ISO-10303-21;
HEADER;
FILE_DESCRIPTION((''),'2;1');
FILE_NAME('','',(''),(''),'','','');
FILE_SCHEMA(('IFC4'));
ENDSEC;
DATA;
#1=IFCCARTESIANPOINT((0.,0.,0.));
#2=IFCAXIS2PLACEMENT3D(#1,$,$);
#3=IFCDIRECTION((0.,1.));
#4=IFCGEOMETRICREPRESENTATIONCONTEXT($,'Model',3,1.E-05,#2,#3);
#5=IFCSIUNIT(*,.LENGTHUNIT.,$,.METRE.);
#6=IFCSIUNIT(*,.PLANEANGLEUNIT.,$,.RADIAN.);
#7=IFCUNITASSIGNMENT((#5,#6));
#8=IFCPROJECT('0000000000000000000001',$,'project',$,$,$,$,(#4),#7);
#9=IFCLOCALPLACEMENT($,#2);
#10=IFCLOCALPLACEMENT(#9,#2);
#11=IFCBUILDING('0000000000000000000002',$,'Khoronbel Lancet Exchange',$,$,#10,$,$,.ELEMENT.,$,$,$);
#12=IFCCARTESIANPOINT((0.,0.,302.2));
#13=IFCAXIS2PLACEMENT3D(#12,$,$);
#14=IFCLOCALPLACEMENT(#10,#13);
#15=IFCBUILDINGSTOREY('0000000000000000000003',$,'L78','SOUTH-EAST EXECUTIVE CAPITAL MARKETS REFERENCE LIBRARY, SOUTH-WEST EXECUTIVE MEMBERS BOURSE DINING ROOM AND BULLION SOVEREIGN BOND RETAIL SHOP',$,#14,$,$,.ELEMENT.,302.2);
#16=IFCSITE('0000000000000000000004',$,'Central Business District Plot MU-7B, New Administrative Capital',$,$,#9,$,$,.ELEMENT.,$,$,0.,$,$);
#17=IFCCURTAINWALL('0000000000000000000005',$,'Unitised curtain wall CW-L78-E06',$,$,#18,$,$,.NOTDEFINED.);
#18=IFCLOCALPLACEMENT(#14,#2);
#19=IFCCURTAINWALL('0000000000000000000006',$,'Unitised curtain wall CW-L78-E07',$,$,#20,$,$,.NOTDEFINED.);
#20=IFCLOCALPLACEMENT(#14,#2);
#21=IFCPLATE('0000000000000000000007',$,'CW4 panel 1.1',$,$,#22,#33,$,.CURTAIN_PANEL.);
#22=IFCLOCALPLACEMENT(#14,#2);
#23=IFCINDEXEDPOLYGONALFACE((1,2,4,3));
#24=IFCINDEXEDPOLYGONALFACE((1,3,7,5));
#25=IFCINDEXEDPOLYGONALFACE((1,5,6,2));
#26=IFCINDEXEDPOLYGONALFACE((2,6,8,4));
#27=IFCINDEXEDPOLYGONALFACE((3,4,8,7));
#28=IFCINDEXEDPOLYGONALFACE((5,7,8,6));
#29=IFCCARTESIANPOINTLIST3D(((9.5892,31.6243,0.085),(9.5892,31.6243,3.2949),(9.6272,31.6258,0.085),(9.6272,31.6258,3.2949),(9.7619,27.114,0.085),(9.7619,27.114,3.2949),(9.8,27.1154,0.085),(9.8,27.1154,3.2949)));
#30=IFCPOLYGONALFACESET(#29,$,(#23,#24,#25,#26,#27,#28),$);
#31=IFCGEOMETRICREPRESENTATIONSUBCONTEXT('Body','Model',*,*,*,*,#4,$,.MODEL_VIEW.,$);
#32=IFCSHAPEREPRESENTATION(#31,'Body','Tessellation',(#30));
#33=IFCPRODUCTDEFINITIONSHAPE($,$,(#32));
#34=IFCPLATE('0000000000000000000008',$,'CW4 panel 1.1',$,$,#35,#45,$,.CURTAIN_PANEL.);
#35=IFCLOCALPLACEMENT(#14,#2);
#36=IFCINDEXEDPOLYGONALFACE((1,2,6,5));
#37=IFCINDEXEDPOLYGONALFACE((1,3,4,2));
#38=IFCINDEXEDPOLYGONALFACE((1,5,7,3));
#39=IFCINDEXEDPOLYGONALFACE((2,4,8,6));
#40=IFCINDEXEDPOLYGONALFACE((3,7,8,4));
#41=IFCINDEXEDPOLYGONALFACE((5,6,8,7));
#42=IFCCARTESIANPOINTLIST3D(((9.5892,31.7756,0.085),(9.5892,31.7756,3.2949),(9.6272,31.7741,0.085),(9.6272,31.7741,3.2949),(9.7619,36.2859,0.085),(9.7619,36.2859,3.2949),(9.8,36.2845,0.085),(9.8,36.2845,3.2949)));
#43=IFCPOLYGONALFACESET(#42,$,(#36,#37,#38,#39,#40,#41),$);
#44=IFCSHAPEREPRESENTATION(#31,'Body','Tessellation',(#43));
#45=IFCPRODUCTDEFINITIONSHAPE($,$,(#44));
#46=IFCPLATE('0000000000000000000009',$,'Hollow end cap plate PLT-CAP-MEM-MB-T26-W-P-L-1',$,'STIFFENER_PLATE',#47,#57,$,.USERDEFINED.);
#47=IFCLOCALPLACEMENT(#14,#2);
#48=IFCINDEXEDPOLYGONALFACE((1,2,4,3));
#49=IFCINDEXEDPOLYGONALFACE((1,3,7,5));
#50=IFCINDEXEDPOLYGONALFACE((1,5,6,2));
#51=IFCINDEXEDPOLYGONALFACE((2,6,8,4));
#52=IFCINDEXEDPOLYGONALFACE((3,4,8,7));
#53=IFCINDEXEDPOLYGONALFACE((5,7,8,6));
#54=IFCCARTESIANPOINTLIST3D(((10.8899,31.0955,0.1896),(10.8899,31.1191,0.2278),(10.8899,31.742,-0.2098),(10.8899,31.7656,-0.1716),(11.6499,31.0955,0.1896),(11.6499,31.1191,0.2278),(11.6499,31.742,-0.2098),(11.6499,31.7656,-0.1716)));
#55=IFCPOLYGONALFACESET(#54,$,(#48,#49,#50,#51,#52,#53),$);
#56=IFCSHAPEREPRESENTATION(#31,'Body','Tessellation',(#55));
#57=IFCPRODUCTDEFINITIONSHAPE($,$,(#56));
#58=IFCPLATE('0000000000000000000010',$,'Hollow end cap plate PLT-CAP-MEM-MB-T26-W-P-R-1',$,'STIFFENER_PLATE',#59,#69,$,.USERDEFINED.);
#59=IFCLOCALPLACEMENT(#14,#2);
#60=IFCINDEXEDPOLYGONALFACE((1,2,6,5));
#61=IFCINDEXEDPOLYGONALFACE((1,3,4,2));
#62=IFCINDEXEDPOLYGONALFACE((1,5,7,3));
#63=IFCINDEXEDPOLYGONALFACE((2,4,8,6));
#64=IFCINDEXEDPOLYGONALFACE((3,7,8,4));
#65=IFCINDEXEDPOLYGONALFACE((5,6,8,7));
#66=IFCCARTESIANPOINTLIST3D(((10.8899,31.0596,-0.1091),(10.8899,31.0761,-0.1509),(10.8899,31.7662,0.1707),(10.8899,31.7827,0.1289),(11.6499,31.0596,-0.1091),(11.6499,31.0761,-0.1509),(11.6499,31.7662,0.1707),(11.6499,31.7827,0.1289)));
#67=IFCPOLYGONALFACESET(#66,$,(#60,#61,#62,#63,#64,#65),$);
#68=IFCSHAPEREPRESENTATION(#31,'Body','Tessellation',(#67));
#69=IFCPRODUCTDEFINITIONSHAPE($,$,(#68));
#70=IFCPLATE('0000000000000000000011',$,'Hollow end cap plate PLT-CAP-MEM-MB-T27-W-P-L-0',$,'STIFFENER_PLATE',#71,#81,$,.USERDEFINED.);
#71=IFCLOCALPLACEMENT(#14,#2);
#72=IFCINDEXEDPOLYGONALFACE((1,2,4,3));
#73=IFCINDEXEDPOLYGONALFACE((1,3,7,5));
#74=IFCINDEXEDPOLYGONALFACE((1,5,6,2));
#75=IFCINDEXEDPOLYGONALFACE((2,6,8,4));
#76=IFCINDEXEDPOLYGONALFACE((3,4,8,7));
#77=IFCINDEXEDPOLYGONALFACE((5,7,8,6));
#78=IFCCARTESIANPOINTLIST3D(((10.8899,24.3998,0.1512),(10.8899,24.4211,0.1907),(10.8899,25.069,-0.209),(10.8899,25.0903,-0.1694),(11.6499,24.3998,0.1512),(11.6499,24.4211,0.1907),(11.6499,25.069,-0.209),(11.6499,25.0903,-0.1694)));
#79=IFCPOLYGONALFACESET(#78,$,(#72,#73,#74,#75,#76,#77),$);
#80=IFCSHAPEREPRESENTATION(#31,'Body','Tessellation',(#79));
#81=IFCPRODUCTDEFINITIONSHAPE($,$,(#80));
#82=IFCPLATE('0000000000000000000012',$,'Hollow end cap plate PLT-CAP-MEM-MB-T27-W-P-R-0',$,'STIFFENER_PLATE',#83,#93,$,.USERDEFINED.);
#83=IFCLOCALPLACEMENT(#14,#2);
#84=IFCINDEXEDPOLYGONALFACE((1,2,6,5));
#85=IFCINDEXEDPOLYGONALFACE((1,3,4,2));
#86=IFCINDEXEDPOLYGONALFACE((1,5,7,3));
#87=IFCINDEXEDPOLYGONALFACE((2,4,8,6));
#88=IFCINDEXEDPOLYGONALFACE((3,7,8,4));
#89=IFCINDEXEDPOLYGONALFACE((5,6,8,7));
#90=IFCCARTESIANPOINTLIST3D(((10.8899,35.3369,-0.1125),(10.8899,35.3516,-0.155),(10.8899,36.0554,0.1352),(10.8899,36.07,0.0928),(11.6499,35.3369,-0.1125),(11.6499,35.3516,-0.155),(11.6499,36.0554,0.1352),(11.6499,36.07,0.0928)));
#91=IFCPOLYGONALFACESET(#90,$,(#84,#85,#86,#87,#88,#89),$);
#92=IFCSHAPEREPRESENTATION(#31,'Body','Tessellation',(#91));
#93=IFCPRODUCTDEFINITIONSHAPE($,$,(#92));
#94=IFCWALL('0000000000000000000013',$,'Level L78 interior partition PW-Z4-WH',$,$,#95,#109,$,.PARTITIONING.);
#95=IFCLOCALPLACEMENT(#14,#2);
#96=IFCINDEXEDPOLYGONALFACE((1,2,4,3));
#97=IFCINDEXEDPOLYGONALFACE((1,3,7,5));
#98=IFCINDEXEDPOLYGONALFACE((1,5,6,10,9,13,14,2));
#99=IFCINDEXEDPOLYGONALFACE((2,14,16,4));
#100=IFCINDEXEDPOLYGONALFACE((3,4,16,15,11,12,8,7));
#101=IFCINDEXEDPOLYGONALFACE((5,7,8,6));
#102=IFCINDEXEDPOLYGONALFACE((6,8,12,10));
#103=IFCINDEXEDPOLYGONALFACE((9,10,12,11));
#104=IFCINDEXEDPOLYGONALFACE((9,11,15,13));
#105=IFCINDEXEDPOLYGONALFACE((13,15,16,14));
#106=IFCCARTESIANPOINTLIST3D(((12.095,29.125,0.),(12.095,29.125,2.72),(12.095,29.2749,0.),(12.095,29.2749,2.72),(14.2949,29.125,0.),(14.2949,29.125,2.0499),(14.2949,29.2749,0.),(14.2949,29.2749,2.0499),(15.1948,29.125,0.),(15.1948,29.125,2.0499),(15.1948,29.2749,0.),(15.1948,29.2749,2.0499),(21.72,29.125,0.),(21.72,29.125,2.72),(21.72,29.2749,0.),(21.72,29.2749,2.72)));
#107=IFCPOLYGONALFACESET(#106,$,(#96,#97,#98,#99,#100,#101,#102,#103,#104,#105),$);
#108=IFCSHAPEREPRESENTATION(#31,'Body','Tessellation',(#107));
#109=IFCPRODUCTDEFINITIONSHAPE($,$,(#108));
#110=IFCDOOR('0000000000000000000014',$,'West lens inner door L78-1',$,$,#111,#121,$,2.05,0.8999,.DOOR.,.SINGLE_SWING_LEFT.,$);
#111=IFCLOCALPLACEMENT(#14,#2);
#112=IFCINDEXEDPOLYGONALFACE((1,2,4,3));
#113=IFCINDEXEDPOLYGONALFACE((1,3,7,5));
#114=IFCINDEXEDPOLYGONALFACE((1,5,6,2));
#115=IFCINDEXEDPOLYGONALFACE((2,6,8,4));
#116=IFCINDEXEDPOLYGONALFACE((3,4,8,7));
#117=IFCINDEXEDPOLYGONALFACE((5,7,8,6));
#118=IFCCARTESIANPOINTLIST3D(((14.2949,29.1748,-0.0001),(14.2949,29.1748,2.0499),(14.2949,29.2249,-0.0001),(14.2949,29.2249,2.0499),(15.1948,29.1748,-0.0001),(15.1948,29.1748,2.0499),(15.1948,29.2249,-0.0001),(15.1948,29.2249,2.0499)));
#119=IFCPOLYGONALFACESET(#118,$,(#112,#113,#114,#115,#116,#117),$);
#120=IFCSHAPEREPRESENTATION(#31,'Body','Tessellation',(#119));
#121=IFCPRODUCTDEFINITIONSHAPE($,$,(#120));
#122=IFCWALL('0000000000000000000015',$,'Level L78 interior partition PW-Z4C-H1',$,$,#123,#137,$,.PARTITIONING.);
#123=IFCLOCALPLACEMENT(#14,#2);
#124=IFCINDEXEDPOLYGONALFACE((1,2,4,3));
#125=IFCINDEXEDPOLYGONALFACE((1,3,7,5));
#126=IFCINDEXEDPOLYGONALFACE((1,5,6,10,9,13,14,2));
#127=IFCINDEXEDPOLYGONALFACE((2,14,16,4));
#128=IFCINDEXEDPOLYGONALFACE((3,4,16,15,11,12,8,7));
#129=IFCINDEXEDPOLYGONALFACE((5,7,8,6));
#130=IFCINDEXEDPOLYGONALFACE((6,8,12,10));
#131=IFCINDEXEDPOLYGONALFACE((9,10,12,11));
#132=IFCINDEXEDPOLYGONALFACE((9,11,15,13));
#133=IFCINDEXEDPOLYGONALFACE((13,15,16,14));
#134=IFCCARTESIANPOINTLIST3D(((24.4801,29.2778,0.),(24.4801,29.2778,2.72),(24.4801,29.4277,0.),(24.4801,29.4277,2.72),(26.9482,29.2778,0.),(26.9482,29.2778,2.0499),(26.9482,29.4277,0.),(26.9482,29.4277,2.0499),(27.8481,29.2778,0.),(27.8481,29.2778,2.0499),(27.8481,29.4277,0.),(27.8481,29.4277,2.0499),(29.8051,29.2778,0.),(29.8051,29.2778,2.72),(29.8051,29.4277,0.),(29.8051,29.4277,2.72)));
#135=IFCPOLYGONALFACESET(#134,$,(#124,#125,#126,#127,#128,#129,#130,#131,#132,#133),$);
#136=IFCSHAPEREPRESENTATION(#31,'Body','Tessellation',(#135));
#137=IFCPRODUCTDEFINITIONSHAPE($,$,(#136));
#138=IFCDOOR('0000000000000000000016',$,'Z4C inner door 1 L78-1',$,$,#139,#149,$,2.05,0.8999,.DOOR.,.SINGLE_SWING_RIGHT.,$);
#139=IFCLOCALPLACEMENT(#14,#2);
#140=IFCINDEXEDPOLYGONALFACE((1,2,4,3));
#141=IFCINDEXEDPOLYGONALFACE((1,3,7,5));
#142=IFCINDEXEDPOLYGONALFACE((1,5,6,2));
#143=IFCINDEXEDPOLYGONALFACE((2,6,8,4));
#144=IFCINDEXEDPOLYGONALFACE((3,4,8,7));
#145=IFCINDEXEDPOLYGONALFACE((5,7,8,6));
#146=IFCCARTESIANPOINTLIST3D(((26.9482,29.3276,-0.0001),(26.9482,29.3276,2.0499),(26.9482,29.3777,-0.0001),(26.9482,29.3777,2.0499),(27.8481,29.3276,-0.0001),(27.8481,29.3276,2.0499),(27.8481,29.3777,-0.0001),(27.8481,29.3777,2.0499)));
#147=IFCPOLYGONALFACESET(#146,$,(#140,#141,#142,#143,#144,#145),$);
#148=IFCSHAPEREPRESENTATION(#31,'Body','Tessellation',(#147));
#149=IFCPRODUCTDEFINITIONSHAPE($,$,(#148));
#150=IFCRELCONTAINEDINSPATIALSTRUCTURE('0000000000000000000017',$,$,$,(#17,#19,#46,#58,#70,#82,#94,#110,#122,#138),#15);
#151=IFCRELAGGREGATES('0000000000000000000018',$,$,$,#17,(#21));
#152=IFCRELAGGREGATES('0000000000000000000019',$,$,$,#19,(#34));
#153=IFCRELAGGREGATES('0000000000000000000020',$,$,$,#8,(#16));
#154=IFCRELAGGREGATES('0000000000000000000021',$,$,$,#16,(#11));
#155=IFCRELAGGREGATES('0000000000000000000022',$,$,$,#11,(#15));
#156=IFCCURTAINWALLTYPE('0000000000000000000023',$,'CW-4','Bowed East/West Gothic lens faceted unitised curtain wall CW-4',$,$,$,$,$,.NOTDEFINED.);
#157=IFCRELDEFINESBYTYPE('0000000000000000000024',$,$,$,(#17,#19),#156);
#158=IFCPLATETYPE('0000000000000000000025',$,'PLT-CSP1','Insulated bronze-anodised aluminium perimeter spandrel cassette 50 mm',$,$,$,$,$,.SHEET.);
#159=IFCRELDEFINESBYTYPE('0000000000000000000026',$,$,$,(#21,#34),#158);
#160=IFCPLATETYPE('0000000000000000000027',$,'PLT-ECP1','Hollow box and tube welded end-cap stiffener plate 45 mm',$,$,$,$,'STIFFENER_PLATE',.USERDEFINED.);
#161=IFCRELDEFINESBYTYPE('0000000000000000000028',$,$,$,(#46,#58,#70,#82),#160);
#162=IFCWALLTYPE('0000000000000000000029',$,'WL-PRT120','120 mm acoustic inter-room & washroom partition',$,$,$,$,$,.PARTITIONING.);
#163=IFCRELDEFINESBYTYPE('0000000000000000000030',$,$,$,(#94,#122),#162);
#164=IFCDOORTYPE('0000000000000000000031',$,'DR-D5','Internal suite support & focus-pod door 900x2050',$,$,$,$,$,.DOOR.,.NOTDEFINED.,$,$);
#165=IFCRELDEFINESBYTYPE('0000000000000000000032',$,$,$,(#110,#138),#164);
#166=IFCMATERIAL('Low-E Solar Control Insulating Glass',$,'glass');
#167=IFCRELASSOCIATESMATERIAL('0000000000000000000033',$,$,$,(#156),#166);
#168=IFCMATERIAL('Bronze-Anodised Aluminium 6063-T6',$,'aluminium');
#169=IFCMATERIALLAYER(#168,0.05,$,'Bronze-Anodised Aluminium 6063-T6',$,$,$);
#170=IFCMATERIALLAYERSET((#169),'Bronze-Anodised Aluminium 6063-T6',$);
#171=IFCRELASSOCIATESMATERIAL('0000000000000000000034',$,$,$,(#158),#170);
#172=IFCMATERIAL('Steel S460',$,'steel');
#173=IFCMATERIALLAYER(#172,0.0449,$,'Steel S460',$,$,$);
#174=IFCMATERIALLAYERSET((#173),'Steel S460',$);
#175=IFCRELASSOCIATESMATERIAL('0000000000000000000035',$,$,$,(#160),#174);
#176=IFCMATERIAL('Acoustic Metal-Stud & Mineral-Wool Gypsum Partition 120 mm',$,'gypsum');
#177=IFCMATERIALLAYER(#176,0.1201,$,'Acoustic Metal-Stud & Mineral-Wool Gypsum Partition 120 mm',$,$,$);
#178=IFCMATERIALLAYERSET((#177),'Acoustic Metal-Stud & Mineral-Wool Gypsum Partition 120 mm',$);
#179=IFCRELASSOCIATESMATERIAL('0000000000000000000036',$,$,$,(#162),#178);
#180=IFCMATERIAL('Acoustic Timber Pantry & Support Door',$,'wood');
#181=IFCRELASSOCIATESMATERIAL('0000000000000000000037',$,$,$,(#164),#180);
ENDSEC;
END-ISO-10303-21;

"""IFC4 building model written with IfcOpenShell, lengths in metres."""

from ifc_helpers import new_model, si_unit, direction, frame, frame_2d, origin, origin_2d, place, context, subcontext, project, spatial, polyline, rectangle, outline, extrude, material, layer, layer_set, type_object, element, fill, aggregate, save


model = new_model("IFC4")

# Units and contexts
model_context = context("Model", 3, precision=1e-05, world=origin(), true_north=direction((0.0, 1.0)))
body_context = subcontext(model_context, "Body", "Model", "MODEL_VIEW")
ifc_project = project(units=[si_unit("LENGTHUNIT", "METRE"), si_unit("PLANEANGLEUNIT", "RADIAN")], contexts=[model_context])

# Site, building, storey
site_placement = place(None, origin())
site = spatial("IfcSite", under=ifc_project, at=site_placement, Name="Central Business District Plot MU-7B, New Administrative Capital", CompositionType="ELEMENT", RefElevation=0.0)
building_placement = place(site_placement, origin())
building = spatial("IfcBuilding", under=site, at=building_placement, Name="Khoronbel Lancet Exchange", CompositionType="ELEMENT")
storey_placement = place(building_placement, frame((0.0, 0.0, 302.2)))
storey = spatial("IfcBuildingStorey", under=building, at=storey_placement, Name="L78", Description="SOUTH-EAST EXECUTIVE CAPITAL MARKETS REFERENCE LIBRARY, SOUTH-WEST EXECUTIVE MEMBERS BOURSE DINING ROOM AND BULLION SOVEREIGN BOND RETAIL SHOP", CompositionType="ELEMENT", Elevation=302.2)

# Shared definitions
ifc_material_1 = material(Name="Low-E Solar Control Insulating Glass", Category="glass")
curtain_wall_type = type_object("IfcCurtainWallType", Name="CW-4", Description="Bowed East/West Gothic lens faceted unitised curtain wall CW-4", PredefinedType="NOTDEFINED", material=ifc_material_1)
ifc_material_2 = material(Name="Bronze-Anodised Aluminium 6063-T6", Category="aluminium")

# Curtain wall
curtain_wall_1_placement = place(storey_placement, origin())
curtain_wall_1 = element("IfcCurtainWall", 1, at=curtain_wall_1_placement, inside=storey, type_object=curtain_wall_type, Name="Unitised curtain wall CW-L78-E06", PredefinedType="NOTDEFINED")

# Curtain wall
curtain_wall_2_placement = place(storey_placement, origin())
curtain_wall_2 = element("IfcCurtainWall", 2, at=curtain_wall_2_placement, inside=storey, type_object=curtain_wall_type, Name="Unitised curtain wall CW-L78-E07", PredefinedType="NOTDEFINED")

# Shared definitions
ifc_material_3 = material(Name="Steel S460", Category="steel")

# Plates
ifc_layer_1 = layer(ifc_material_2, 0.05, Name="Bronze-Anodised Aluminium 6063-T6")
ifc_layer_set_1 = layer_set([ifc_layer_1], Name="Bronze-Anodised Aluminium 6063-T6")
plate_type_1 = type_object("IfcPlateType", Name="PLT-CSP1", Description="Insulated bronze-anodised aluminium perimeter spandrel cassette 50 mm", PredefinedType="SHEET", material=ifc_layer_set_1)
plate_1_placement = place(storey_placement, frame((9.6946, 29.3699, 0.085), z_axis=(0.0, 0.0, 1.0), x_axis=(-0.038274, 0.999267, 0.0)))
plate_1 = element("IfcPlate", 3, at=plate_1_placement, type_object=plate_type_1, Name="CW4 panel 1.1", PredefinedType="CURTAIN_PANEL", context=body_context, shape_type="SweptSolid", body=[
    extrude(rectangle(XDim=4.5137, YDim=0.0381, at=origin_2d()), origin(), (0.0, 0.0, 1.0), 3.21),
])
aggregate(curtain_wall_1, [plate_1])
plate_2_placement = place(storey_placement, frame((9.6946, 34.03, 0.085), z_axis=(0.0, 0.0, 1.0), x_axis=(0.038274, 0.999267, 0.0)))
plate_2 = element("IfcPlate", 4, at=plate_2_placement, type_object=plate_type_1, Name="CW4 panel 1.1", PredefinedType="CURTAIN_PANEL", context=body_context, shape_type="SweptSolid", body=[
    extrude(rectangle(XDim=4.5137, YDim=0.0381, at=origin_2d()), origin(), (0.0, 0.0, 1.0), 3.21),
])
aggregate(curtain_wall_2, [plate_2])

# Plates
ifc_layer_2 = layer(ifc_material_3, 0.0449, Name="Steel S460")
ifc_layer_set_2 = layer_set([ifc_layer_2], Name="Steel S460")
plate_type_2 = type_object("IfcPlateType", Name="PLT-ECP1", Description="Hollow box and tube welded end-cap stiffener plate 45 mm", ElementType="STIFFENER_PLATE", PredefinedType="USERDEFINED", material=ifc_layer_set_2)
for number, where, z_axis, x_axis, name in (
    (5, (11.6499, 31.7656, -0.1716), (0.0, 0.525602, 0.85073), (-1.0, 0.0, 0.0), "Hollow end cap plate PLT-CAP-MEM-MB-T26-W-P-L-1"),
    (6, (10.8899, 31.0596, -0.1091), (0.0, -0.368176, 0.929756), (1.0, 0.0, 0.0), "Hollow end cap plate PLT-CAP-MEM-MB-T26-W-P-R-1"),
    (7, (11.6499, 25.0903, -0.1694), (0.0, 0.47387, 0.880595), (-1.0, 0.0, 0.0), "Hollow end cap plate PLT-CAP-MEM-MB-T27-W-P-L-0"),
    (8, (10.8899, 35.3369, -0.1125), (0.0, -0.32604, 0.945356), (1.0, 0.0, 0.0), "Hollow end cap plate PLT-CAP-MEM-MB-T27-W-P-R-0"),
):
    element("IfcPlate", number, at=place(storey_placement, frame(where, z_axis=z_axis, x_axis=x_axis)), inside=storey, type_object=plate_type_2, Name=name, ObjectType="STIFFENER_PLATE", PredefinedType="USERDEFINED", context=body_context, shape_type="SweptSolid", body=[
        extrude(outline(polyline([(0.0, 0.0), (0.76, 0.0), (0.76, 0.76), (0.0, 0.76), (0.0, 0.0)])), origin(), (0.0, 0.0, -1.0), 0.0449),
    ])

# Walls, openings, doors
ifc_material_4 = material(Name="Acoustic Metal-Stud & Mineral-Wool Gypsum Partition 120 mm", Category="gypsum")
ifc_layer_3 = layer(ifc_material_4, 0.1201, Name="Acoustic Metal-Stud & Mineral-Wool Gypsum Partition 120 mm")
ifc_layer_set_3 = layer_set([ifc_layer_3], Name="Acoustic Metal-Stud & Mineral-Wool Gypsum Partition 120 mm")
wall_type = type_object("IfcWallType", Name="WL-PRT120", Description="120 mm acoustic inter-room & washroom partition", PredefinedType="PARTITIONING", material=ifc_layer_set_3)
wall_1_placement = place(storey_placement, frame((12.095, 29.2, 0.0), z_axis=(0.0, 0.0, 1.0), x_axis=(1.0, 0.0, 0.0)))
wall_1 = element("IfcWall", 9, at=wall_1_placement, inside=storey, type_object=wall_type, Name="Level L78 interior partition PW-Z4-WH", PredefinedType="PARTITIONING", context=body_context, shape_type="SweptSolid", body=[
    extrude(rectangle(XDim=9.625, YDim=0.1499, at=frame_2d((4.8125, 0.0))), origin(), (0.0, 0.0, 1.0), 2.72),
])
opening_1_placement = place(wall_1_placement, frame((2.2, 0.0, 0.0)))
opening_1 = element("IfcOpeningElement", 10, at=opening_1_placement, cuts=wall_1, PredefinedType="OPENING", context=body_context, shape_type="SweptSolid", body=[
    extrude(rectangle(XDim=0.8999, YDim=2.05, at=frame_2d((0.45, 1.0249))), frame((0.0, 0.085, 0.0), z_axis=(0.0, -1.0, 0.0), x_axis=(1.0, 0.0, 0.0)), (0.0, 0.0, 1.0), 0.1699),
])
ifc_material_5 = material(Name="Acoustic Timber Pantry & Support Door", Category="wood")
door_type = type_object("IfcDoorType", Name="DR-D5", Description="Internal suite support & focus-pod door 900x2050", OperationType="NOTDEFINED", PredefinedType="DOOR", material=ifc_material_5)
door_1_placement = place(opening_1_placement, origin())
door_1 = element("IfcDoor", 11, at=door_1_placement, inside=storey, type_object=door_type, Name="West lens inner door L78-1", OperationType="SINGLE_SWING_LEFT", OverallHeight=2.05, OverallWidth=0.8999, PredefinedType="DOOR", context=body_context, shape_type="SweptSolid", body=[
    extrude(rectangle(XDim=0.8999, YDim=2.05, at=frame_2d((0.45, 1.0249))), frame((0.0, 0.0249, 0.0), z_axis=(0.0, -1.0, 0.0), x_axis=(1.0, 0.0, 0.0)), (0.0, 0.0, 1.0), 0.05),
])
fill(opening_1, door_1)
wall_2_placement = place(storey_placement, frame((24.48, 29.3528, 0.0), z_axis=(0.0, 0.0, 1.0), x_axis=(1.0, 0.0, 0.0)))
wall_2 = element("IfcWall", 12, at=wall_2_placement, inside=storey, type_object=wall_type, Name="Level L78 interior partition PW-Z4C-H1", PredefinedType="PARTITIONING", context=body_context, shape_type="SweptSolid", body=[
    extrude(rectangle(XDim=5.325, YDim=0.1499, at=frame_2d((2.6626, 0.0))), origin(), (0.0, 0.0, 1.0), 2.72),
])
opening_2_placement = place(wall_2_placement, frame((2.4683, 0.0, 0.0)))
opening_2 = element("IfcOpeningElement", 13, at=opening_2_placement, cuts=wall_2, PredefinedType="OPENING", context=body_context, shape_type="SweptSolid", body=[
    extrude(rectangle(XDim=0.8999, YDim=2.05, at=frame_2d((0.45, 1.0249))), frame((0.0, 0.085, 0.0), z_axis=(0.0, -1.0, 0.0), x_axis=(1.0, 0.0, 0.0)), (0.0, 0.0, 1.0), 0.1699),
])
door_2_placement = place(opening_2_placement, origin())
door_2 = element("IfcDoor", 14, at=door_2_placement, inside=storey, type_object=door_type, Name="Z4C inner door 1 L78-1", OperationType="SINGLE_SWING_RIGHT", OverallHeight=2.05, OverallWidth=0.8999, PredefinedType="DOOR", context=body_context, shape_type="SweptSolid", body=[
    extrude(rectangle(XDim=0.8999, YDim=2.05, at=frame_2d((0.45, 1.0249))), frame((0.0, 0.0249, 0.0), z_axis=(0.0, -1.0, 0.0), x_axis=(1.0, 0.0, 0.0)), (0.0, 0.0, 1.0), 0.05),
])
fill(opening_2, door_2)

save(model, "model.ifc")
